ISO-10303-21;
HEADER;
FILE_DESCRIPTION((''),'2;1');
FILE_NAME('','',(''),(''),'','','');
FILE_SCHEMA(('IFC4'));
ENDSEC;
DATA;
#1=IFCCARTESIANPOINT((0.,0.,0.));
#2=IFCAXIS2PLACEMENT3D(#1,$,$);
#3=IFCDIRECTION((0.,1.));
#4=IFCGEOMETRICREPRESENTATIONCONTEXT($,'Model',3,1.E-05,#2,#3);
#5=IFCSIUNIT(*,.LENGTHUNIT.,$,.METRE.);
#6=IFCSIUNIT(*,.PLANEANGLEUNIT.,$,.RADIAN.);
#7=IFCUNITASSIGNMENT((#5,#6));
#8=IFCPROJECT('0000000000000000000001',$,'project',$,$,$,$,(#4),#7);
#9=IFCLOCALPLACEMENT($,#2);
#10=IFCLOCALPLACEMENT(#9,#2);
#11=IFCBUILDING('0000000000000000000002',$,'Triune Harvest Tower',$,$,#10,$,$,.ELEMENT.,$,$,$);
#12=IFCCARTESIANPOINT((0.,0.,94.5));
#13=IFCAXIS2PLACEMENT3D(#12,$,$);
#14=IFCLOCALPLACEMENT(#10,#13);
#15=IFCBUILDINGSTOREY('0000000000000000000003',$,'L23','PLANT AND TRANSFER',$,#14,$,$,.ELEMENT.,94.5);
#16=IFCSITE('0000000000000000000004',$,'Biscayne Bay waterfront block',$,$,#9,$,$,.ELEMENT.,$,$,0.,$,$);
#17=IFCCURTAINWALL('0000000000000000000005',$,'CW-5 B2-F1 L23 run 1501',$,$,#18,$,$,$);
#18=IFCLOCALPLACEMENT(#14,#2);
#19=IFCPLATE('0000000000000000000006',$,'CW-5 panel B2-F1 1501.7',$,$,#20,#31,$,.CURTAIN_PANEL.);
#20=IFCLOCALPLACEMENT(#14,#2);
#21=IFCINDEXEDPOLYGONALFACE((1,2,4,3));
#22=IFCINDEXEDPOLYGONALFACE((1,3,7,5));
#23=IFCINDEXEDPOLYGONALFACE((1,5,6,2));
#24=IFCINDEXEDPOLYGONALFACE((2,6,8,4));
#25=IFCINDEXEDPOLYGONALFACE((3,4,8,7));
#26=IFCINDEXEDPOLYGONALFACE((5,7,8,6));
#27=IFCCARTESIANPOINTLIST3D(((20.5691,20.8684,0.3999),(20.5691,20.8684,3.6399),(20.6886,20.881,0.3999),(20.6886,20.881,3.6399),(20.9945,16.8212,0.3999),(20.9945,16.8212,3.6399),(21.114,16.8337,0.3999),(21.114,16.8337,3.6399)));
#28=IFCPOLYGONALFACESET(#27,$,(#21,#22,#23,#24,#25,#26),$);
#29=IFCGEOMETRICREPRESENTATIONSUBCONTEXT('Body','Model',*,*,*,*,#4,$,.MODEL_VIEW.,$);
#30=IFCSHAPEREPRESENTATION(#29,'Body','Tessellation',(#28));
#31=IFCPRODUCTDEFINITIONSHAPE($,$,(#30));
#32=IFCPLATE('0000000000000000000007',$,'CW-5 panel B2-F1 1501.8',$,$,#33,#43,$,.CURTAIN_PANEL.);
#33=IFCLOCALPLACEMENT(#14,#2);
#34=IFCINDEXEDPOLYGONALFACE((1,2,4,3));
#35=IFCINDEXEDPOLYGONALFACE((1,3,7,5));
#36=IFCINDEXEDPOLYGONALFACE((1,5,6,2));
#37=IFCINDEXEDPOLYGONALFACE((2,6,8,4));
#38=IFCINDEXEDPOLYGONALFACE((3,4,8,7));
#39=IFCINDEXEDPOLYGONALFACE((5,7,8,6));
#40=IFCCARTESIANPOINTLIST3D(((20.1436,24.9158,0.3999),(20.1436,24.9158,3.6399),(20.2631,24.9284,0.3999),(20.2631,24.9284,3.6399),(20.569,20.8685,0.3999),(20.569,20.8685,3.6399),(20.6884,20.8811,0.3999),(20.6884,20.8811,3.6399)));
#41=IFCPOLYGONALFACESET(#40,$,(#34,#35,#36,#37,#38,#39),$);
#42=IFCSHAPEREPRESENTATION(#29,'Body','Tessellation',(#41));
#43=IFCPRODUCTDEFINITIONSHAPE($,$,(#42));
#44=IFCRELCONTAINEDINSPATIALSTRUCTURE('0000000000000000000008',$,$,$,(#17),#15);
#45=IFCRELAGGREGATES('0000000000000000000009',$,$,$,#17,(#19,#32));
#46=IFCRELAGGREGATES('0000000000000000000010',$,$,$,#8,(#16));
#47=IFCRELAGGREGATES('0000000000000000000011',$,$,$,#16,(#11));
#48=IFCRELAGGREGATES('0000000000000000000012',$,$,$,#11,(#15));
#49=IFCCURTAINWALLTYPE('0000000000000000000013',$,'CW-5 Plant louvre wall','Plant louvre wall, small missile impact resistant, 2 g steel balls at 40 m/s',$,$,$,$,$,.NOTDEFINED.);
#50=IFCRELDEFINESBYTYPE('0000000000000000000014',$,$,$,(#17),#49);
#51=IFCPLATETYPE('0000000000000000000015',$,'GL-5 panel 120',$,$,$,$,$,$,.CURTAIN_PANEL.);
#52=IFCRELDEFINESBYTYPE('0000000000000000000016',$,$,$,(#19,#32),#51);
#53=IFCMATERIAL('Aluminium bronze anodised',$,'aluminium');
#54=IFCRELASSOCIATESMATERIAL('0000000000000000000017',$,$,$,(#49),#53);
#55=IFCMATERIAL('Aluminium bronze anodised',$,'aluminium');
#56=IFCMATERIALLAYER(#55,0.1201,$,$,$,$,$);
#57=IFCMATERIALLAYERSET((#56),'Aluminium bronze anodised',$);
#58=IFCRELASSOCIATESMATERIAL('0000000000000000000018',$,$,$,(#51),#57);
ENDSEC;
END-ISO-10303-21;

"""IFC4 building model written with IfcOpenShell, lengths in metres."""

from ifc_helpers import new_model, si_unit, direction, frame, origin, origin_2d, place, context, subcontext, project, spatial, rectangle, extrude, source, transform, mapped, material, layer, layer_set, type_object, element, aggregate, save


model = new_model("IFC4")

# Units and contexts
model_context = context("Model", 3, precision=1e-05, world=origin(), true_north=direction((0.0, 1.0)))
body_context = subcontext(model_context, "Body", "Model", "MODEL_VIEW")
ifc_project = project(units=[si_unit("LENGTHUNIT", "METRE"), si_unit("PLANEANGLEUNIT", "RADIAN")], contexts=[model_context])

# Site, building, storey
site_placement = place(None, origin())
site = spatial("IfcSite", under=ifc_project, at=site_placement, Name="Biscayne Bay waterfront block", CompositionType="ELEMENT", RefElevation=0.0)
building_placement = place(site_placement, origin())
building = spatial("IfcBuilding", under=site, at=building_placement, Name="Triune Harvest Tower", CompositionType="ELEMENT")
storey_placement = place(building_placement, frame((0.0, 0.0, 94.5)))
storey = spatial("IfcBuildingStorey", under=building, at=storey_placement, Name="L23", Description="PLANT AND TRANSFER", CompositionType="ELEMENT", Elevation=94.5)

# Curtain wall, plates
ifc_material_1 = material(Name="Aluminium bronze anodised", Category="aluminium")
curtain_wall_type = type_object("IfcCurtainWallType", Name="CW-5 Plant louvre wall", Description="Plant louvre wall, small missile impact resistant, 2 g steel balls at 40 m/s", PredefinedType="NOTDEFINED", material=ifc_material_1)
curtain_wall_placement = place(storey_placement, origin())
curtain_wall = element("IfcCurtainWall", 1, at=curtain_wall_placement, inside=storey, type_object=curtain_wall_type, Name="CW-5 B2-F1 L23 run 1501")
ifc_material_2 = material(Name="Aluminium bronze anodised", Category="aluminium")
ifc_layer = layer(ifc_material_2, 0.1201)
ifc_layer_set = layer_set([ifc_layer], Name="Aluminium bronze anodised")
plate_type = type_object("IfcPlateType", Name="GL-5 panel 120", PredefinedType="CURTAIN_PANEL", material=ifc_layer_set)
shared_shape_1 = source(origin(), body_context, "Body", "SweptSolid", [
    extrude(rectangle(XDim=4.0696, YDim=0.1201, at=origin_2d()), origin(), (0.0, 0.0, 1.0), 3.24),
])
plate_1_placement = place(storey_placement, frame((20.8416, 18.8511, 0.3999), z_axis=(0.0, 0.0, 1.0), x_axis=(-0.104528, 0.994522, 0.0)))
plate_1 = element("IfcPlate", 2, at=plate_1_placement, type_object=plate_type, Name="CW-5 panel B2-F1 1501.7", PredefinedType="CURTAIN_PANEL", context=body_context, shape_type="MappedRepresentation", body=[
    mapped(shared_shape_1, transform((0.0, 0.0, 0.0), scale=1.0)),
])
plate_2_placement = place(storey_placement, frame((20.416, 22.8984, 0.3999), z_axis=(0.0, 0.0, 1.0), x_axis=(-0.104528, 0.994522, 0.0)))
plate_2 = element("IfcPlate", 3, at=plate_2_placement, type_object=plate_type, Name="CW-5 panel B2-F1 1501.8", PredefinedType="CURTAIN_PANEL", context=body_context, shape_type="MappedRepresentation", body=[
    mapped(shared_shape_1, transform((0.0, 0.0, 0.0), scale=1.0)),
])
aggregate(curtain_wall, [plate_1, plate_2])

save(model, "model.ifc")
